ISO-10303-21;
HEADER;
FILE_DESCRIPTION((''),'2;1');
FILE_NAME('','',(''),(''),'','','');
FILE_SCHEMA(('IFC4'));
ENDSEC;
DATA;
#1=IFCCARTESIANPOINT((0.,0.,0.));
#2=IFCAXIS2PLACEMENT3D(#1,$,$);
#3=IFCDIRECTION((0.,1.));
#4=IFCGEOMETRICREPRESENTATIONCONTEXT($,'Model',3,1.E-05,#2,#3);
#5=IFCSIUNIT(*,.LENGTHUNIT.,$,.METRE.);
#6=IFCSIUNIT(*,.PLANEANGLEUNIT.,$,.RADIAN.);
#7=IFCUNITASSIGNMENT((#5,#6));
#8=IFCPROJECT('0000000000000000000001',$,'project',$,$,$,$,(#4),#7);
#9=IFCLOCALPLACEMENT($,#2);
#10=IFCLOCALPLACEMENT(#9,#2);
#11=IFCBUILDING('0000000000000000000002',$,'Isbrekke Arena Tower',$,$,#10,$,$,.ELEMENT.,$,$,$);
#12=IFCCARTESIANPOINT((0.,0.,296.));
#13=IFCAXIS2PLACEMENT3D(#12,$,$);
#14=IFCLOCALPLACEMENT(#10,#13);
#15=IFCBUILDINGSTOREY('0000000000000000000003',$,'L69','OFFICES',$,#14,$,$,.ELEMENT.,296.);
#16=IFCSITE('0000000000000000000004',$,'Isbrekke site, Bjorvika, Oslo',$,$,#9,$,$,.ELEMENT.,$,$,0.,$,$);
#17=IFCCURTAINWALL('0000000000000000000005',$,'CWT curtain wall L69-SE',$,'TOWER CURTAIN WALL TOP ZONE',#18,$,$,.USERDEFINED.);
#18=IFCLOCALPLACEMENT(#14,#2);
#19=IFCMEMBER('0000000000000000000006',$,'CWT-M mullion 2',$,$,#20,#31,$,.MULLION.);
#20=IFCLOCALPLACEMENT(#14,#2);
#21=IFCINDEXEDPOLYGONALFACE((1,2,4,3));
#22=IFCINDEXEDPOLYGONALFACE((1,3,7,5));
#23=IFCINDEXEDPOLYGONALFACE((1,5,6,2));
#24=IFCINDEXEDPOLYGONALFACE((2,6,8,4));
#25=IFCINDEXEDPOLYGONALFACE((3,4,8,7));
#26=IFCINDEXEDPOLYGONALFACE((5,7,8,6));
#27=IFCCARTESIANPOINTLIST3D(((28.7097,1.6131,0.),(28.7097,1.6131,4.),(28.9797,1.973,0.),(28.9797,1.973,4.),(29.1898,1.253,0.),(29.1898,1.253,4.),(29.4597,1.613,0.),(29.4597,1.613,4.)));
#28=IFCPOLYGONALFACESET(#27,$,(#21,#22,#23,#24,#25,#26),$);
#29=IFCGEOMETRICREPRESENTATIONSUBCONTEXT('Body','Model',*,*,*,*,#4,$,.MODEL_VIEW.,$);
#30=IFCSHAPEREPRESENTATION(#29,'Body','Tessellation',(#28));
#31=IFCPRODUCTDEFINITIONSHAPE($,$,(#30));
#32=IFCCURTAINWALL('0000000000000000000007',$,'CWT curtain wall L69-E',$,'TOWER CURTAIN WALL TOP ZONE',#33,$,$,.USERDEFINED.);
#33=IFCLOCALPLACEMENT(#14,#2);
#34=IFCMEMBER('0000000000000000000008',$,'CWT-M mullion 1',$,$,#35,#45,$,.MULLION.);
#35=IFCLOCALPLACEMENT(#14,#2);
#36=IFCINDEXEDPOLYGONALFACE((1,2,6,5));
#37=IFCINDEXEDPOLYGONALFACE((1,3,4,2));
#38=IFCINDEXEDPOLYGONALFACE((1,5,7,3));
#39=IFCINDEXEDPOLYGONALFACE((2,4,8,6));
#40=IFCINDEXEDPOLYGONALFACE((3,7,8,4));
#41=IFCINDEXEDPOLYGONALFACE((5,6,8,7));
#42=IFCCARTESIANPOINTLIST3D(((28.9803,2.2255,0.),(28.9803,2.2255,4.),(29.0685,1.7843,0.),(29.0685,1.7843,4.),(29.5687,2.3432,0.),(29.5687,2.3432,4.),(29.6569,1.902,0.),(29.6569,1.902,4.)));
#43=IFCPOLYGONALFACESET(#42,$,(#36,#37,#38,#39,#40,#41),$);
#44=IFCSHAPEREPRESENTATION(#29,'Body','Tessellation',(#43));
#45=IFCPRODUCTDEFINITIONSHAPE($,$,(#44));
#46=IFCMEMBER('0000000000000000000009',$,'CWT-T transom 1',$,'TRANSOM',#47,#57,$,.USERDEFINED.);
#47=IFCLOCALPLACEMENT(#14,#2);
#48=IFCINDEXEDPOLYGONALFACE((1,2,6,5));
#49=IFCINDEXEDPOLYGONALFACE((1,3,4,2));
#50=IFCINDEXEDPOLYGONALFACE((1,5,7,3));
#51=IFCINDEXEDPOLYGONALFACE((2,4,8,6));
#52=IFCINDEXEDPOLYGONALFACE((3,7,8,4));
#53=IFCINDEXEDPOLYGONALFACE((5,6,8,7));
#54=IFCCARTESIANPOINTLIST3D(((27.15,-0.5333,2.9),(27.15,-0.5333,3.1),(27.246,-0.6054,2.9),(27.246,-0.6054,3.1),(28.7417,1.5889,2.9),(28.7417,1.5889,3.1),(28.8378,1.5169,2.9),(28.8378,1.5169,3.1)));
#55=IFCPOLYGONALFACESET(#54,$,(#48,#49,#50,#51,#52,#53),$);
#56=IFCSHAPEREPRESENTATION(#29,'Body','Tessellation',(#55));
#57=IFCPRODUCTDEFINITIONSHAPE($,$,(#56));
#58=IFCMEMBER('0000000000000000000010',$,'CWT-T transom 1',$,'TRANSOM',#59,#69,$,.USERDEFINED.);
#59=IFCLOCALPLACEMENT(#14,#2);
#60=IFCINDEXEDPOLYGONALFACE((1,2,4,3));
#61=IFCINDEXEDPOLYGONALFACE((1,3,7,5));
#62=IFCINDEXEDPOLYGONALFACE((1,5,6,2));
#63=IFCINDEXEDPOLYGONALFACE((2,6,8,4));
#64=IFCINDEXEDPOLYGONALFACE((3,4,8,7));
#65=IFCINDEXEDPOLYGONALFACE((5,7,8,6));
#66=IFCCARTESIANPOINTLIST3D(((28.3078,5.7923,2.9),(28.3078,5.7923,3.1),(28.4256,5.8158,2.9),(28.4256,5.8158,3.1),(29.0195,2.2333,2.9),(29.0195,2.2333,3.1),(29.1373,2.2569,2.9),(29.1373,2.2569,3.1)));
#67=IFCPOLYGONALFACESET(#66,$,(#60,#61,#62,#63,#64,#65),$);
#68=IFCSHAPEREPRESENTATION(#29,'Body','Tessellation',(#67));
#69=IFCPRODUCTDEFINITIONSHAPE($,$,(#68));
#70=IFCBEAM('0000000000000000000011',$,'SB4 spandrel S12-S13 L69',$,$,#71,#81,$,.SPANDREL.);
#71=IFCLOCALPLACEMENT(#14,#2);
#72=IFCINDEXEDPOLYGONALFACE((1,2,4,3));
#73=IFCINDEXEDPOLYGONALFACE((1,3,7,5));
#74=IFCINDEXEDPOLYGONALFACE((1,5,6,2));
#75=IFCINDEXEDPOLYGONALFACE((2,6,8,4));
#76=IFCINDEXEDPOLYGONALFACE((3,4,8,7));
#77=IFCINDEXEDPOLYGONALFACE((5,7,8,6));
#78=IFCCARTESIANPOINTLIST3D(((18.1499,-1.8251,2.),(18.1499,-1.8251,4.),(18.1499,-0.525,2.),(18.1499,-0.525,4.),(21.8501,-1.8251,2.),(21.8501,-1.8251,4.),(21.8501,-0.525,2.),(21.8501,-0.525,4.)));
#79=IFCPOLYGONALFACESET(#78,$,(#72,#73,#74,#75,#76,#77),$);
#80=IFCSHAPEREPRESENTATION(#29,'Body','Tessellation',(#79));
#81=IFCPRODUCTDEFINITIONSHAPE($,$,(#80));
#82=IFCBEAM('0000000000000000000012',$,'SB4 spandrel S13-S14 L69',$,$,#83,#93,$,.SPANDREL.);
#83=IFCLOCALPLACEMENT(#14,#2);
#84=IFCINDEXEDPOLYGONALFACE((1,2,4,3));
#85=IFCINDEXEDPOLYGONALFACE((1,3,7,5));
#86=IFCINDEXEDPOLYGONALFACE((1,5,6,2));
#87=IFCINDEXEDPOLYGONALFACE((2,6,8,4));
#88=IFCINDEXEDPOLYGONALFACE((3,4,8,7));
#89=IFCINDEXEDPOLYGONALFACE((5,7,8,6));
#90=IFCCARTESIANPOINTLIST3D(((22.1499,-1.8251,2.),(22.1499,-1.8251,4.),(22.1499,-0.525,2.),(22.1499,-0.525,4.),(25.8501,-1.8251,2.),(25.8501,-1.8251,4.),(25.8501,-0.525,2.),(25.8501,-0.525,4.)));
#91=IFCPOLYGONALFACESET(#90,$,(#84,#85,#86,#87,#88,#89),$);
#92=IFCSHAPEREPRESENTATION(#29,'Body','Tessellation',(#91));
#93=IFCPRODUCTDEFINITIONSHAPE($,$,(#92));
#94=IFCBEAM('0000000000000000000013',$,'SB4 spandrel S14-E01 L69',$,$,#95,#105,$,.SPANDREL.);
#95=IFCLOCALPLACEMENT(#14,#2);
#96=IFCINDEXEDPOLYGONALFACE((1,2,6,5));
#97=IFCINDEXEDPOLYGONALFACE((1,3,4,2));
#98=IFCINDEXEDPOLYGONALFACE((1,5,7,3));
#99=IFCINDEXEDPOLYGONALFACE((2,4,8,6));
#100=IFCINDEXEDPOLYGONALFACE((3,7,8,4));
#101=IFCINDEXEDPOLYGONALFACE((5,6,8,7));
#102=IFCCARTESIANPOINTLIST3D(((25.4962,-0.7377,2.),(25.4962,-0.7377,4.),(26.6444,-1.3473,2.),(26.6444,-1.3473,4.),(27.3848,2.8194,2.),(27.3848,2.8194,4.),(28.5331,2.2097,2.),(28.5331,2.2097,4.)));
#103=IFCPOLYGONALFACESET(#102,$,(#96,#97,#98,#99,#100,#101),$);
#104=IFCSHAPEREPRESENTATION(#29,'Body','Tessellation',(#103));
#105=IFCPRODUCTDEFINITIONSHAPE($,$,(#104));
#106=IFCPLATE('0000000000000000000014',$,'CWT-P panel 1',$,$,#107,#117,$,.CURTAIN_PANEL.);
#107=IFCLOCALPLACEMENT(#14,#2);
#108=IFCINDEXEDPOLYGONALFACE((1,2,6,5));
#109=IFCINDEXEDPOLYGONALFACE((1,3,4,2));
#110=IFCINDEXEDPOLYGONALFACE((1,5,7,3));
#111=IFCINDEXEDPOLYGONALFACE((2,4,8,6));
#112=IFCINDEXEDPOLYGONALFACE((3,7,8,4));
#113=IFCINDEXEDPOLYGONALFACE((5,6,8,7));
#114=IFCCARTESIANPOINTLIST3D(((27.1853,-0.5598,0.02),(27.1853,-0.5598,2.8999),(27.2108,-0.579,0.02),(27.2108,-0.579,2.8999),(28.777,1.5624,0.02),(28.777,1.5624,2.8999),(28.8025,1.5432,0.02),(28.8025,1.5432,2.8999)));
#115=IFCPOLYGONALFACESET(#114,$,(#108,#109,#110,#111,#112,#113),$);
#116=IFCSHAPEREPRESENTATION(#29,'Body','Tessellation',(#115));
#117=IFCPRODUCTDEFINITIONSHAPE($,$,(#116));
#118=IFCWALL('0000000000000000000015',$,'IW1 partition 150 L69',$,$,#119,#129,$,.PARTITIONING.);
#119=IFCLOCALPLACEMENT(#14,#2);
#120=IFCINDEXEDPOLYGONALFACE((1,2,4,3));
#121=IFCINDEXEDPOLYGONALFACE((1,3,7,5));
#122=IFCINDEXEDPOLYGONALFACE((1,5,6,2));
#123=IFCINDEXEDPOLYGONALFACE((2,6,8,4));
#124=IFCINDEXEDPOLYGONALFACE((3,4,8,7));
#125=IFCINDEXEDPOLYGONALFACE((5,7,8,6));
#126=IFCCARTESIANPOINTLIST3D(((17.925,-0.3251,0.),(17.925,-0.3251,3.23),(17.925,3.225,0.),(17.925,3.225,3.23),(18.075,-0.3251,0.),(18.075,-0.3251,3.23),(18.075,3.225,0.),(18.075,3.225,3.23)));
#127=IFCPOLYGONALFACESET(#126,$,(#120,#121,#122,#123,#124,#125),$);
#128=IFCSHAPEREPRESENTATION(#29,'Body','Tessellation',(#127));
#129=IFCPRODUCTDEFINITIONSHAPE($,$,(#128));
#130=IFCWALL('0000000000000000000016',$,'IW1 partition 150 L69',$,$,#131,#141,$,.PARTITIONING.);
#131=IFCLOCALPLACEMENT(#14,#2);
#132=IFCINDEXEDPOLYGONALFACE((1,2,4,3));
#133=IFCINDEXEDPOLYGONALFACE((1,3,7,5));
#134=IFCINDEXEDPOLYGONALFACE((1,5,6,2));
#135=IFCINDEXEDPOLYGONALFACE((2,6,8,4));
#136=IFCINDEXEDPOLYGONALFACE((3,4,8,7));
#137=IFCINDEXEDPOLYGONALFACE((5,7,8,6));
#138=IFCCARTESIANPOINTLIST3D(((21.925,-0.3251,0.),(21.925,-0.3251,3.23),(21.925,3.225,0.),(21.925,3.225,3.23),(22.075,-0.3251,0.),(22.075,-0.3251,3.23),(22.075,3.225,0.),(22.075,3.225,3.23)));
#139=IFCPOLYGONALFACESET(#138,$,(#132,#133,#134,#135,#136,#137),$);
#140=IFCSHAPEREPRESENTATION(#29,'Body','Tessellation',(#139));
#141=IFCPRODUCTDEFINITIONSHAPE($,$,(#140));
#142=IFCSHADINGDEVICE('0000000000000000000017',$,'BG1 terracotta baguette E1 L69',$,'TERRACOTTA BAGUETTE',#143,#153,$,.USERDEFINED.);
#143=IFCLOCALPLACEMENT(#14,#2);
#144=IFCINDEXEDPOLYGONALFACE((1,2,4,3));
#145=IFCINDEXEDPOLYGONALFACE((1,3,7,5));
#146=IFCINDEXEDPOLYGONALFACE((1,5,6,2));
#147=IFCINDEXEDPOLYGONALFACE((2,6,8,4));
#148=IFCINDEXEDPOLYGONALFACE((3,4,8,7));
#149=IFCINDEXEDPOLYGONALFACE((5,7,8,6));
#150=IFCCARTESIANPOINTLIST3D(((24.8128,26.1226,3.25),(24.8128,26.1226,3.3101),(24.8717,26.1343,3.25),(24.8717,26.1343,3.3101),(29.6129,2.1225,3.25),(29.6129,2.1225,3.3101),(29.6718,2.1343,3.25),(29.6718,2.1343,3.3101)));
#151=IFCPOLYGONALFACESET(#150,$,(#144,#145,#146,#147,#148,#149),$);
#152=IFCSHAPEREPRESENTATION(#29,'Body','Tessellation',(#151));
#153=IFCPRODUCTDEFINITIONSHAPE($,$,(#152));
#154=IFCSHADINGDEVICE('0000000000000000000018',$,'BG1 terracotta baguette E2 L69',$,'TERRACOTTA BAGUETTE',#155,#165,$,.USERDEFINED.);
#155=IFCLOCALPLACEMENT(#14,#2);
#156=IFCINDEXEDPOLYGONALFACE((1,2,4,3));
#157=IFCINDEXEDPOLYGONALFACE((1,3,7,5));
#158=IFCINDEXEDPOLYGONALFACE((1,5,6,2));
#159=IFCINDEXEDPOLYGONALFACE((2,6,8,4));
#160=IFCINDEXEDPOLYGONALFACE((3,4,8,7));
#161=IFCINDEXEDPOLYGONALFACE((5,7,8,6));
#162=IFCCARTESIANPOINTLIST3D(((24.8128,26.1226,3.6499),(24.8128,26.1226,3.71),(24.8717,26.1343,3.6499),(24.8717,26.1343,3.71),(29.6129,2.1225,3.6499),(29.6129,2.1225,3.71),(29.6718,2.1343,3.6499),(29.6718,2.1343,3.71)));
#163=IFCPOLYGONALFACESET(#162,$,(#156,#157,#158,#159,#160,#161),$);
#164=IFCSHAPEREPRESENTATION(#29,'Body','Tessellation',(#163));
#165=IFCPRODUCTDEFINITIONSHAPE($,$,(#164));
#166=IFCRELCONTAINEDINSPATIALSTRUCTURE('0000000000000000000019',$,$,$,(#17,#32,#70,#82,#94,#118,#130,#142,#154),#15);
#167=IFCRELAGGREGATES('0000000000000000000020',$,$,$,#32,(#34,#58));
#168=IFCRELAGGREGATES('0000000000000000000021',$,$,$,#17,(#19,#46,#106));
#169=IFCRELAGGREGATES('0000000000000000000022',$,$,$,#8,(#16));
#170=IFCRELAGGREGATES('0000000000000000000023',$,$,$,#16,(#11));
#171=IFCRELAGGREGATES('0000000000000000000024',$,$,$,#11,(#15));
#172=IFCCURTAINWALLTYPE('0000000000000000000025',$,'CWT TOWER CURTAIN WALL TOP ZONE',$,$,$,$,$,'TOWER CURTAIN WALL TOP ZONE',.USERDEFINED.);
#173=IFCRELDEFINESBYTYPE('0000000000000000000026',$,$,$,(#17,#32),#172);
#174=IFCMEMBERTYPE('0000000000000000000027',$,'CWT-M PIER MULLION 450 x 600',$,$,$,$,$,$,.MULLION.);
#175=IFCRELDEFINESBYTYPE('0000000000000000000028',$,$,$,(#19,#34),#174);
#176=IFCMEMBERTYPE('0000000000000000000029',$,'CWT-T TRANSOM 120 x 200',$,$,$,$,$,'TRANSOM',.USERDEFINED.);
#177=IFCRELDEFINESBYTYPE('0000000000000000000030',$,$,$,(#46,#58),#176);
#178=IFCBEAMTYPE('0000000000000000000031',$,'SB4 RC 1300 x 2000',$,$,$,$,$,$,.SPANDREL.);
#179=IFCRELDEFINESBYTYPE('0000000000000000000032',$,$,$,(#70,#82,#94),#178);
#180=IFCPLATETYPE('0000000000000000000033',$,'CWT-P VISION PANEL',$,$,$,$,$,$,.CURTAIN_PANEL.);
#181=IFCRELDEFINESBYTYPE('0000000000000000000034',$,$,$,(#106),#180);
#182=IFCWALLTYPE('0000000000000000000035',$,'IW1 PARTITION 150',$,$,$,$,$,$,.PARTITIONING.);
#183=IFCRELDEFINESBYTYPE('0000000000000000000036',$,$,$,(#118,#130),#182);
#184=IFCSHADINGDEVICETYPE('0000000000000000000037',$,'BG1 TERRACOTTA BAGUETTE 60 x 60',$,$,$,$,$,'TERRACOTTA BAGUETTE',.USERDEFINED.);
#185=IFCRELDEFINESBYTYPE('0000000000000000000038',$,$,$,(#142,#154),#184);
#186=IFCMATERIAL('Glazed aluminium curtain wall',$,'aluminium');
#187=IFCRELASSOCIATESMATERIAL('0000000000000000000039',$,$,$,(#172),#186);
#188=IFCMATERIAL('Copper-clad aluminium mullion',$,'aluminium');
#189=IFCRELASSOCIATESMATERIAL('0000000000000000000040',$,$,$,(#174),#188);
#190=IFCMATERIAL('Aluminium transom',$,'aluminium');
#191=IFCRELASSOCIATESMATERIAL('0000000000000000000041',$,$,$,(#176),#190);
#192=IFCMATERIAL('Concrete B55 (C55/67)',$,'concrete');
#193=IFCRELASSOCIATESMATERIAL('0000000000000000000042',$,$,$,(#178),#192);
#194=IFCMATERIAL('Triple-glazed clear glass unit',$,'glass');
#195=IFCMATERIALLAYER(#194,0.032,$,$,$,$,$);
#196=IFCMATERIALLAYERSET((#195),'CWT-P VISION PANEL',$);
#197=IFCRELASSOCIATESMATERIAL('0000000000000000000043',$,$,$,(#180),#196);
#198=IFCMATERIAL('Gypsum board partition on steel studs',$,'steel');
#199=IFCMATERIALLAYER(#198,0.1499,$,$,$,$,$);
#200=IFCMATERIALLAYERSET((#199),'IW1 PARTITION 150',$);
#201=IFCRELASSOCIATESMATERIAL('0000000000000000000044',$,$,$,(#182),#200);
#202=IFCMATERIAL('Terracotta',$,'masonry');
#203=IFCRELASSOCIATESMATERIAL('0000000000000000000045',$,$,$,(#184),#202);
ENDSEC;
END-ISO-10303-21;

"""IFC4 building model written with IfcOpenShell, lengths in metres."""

from ifc_helpers import new_model, si_unit, direction, frame, frame_2d, origin, origin_2d, place, context, subcontext, project, spatial, rectangle, extrude, material, layer, layer_set, material_profile, profile_set, type_object, element, aggregate, save


model = new_model("IFC4")

# Units and contexts
model_context = context("Model", 3, precision=1e-05, world=origin(), true_north=direction((0.0, 1.0)))
body_context = subcontext(model_context, "Body", "Model", "MODEL_VIEW")
ifc_project = project(units=[si_unit("LENGTHUNIT", "METRE"), si_unit("PLANEANGLEUNIT", "RADIAN")], contexts=[model_context])

# Site, building, storey
site_placement = place(None, origin())
site = spatial("IfcSite", under=ifc_project, at=site_placement, Name="Isbrekke site, Bjorvika, Oslo", CompositionType="ELEMENT", RefElevation=0.0)
building_placement = place(site_placement, origin())
building = spatial("IfcBuilding", under=site, at=building_placement, Name="Isbrekke Arena Tower", CompositionType="ELEMENT")
storey_placement = place(building_placement, frame((0.0, 0.0, 296.0)))
storey = spatial("IfcBuildingStorey", under=building, at=storey_placement, Name="L69", Description="OFFICES", CompositionType="ELEMENT", Elevation=296.0)

# Curtain wall, member
ifc_material_1 = material(Name="Glazed aluminium curtain wall", Category="aluminium")
curtain_wall_type = type_object("IfcCurtainWallType", Name="CWT TOWER CURTAIN WALL TOP ZONE", ElementType="TOWER CURTAIN WALL TOP ZONE", PredefinedType="USERDEFINED", material=ifc_material_1)
curtain_wall_1_placement = place(storey_placement, origin())
curtain_wall_1 = element("IfcCurtainWall", 1, at=curtain_wall_1_placement, inside=storey, type_object=curtain_wall_type, Name="CWT curtain wall L69-SE", ObjectType="TOWER CURTAIN WALL TOP ZONE", PredefinedType="USERDEFINED")
ifc_material_2 = material(Name="Copper-clad aluminium mullion", Category="aluminium")
ifc_material_profile_1 = material_profile(ifc_material_2, rectangle(XDim=0.45, YDim=0.6001, at=origin_2d()), Name="PIER 450X600")
ifc_profile_set_1 = profile_set([ifc_material_profile_1], Name="Copper-clad aluminium mullion")
member_type_1 = type_object("IfcMemberType", Name="CWT-M PIER MULLION 450 x 600", PredefinedType="MULLION", material=ifc_profile_set_1)
member_1_placement = place(storey_placement, frame((29.0847, 1.613, 0.0), z_axis=(0.0, 0.0, 1.0), x_axis=(0.6, 0.8, 0.0)))
member_1 = element("IfcMember", 2, at=member_1_placement, type_object=member_type_1, Name="CWT-M mullion 2", PredefinedType="MULLION", context=body_context, shape_type="SweptSolid", body=[
    extrude(rectangle(XDim=0.45, YDim=0.6001, at=origin_2d()), origin(), (0.0, 0.0, 1.0), 4.0),
])

# Curtain wall, member
curtain_wall_2_placement = place(storey_placement, origin())
curtain_wall_2 = element("IfcCurtainWall", 3, at=curtain_wall_2_placement, inside=storey, type_object=curtain_wall_type, Name="CWT curtain wall L69-E", ObjectType="TOWER CURTAIN WALL TOP ZONE", PredefinedType="USERDEFINED")
member_2_placement = place(storey_placement, frame((29.3186, 2.0637, 0.0), z_axis=(0.0, 0.0, 1.0), x_axis=(-0.196116, 0.980581, 0.0)))
member_2 = element("IfcMember", 4, at=member_2_placement, type_object=member_type_1, Name="CWT-M mullion 1", PredefinedType="MULLION", context=body_context, shape_type="SweptSolid", body=[
    extrude(rectangle(XDim=0.45, YDim=0.6001, at=origin_2d()), origin(), (0.0, 0.0, 1.0), 4.0),
])

# Members
ifc_material_3 = material(Name="Aluminium transom", Category="aluminium")
ifc_material_profile_2 = material_profile(ifc_material_3, rectangle(XDim=0.1201, YDim=0.2, at=origin_2d()), Name="TRANSOM 120X200")
ifc_profile_set_2 = profile_set([ifc_material_profile_2], Name="Aluminium transom")
member_type_2 = type_object("IfcMemberType", Name="CWT-T TRANSOM 120 x 200", ElementType="TRANSOM", PredefinedType="USERDEFINED", material=ifc_profile_set_2)
member_3_placement = place(storey_placement, frame((27.198, -0.5693, 3.0), z_axis=(0.600015, 0.799989, 0.0), x_axis=(-0.799989, 0.600015, 0.0)))
member_3 = element("IfcMember", 5, at=member_3_placement, type_object=member_type_2, Name="CWT-T transom 1", ObjectType="TRANSOM", PredefinedType="USERDEFINED", context=body_context, shape_type="SweptSolid", body=[
    extrude(rectangle(XDim=0.1201, YDim=0.2, at=origin_2d()), origin(), (0.0, 0.0, 1.0), 2.6528),
])
member_4_placement = place(storey_placement, frame((29.0784, 2.2451, 3.0), z_axis=(-0.19609, 0.980586, 0.0), x_axis=(-0.980586, -0.19609, 0.0)))
member_4 = element("IfcMember", 6, at=member_4_placement, type_object=member_type_2, Name="CWT-T transom 1", ObjectType="TRANSOM", PredefinedType="USERDEFINED", context=body_context, shape_type="SweptSolid", body=[
    extrude(rectangle(XDim=0.1201, YDim=0.2, at=origin_2d()), origin(), (0.0, 0.0, 1.0), 3.6294),
])
aggregate(curtain_wall_2, [member_2, member_4])

# Beams
ifc_material_4 = material(Name="Concrete B55 (C55/67)", Category="concrete")
ifc_material_profile_3 = material_profile(ifc_material_4, rectangle(XDim=1.3, YDim=2.0, at=origin_2d()), Name="RC 1300x2000")
ifc_profile_set_3 = profile_set([ifc_material_profile_3], Name="Concrete B55 (C55/67)")
beam_type_1 = type_object("IfcBeamType", Name="SB4 RC 1300 x 2000", PredefinedType="SPANDREL", material=ifc_profile_set_3)
for number, where, z_axis, x_axis, name in (
    (7, (18.1499, -1.175, 3.0), (1.0, 0.0, 0.0), (0.0, 1.0, 0.0), "SB4 spandrel S12-S13 L69"),
    (8, (22.1499, -1.175, 3.0), (1.0, 0.0, 0.0), (0.0, 1.0, 0.0), "SB4 spandrel S13-S14 L69"),
):
    element("IfcBeam", number, at=place(storey_placement, frame(where, z_axis=z_axis, x_axis=x_axis)), inside=storey, type_object=beam_type_1, Name=name, PredefinedType="SPANDREL", context=body_context, shape_type="SweptSolid", body=[
        extrude(rectangle(XDim=1.3, YDim=2.0, at=origin_2d()), origin(), (0.0, 0.0, 1.0), 3.7002),
    ])
beam_1_placement = place(storey_placement, frame((26.0703, -1.0425, 3.0), z_axis=(0.468951, 0.883224, 0.0), x_axis=(-0.883224, 0.468951, 0.0)))
element("IfcBeam", 9, at=beam_1_placement, inside=storey, type_object=beam_type_1, Name="SB4 spandrel S14-E01 L69", PredefinedType="SPANDREL", context=body_context, shape_type="SweptSolid", body=[
    extrude(rectangle(XDim=1.3, YDim=2.0, at=origin_2d()), origin(), (0.0, 0.0, 1.0), 4.0273),
])

# Plate
ifc_material_5 = material(Name="Triple-glazed clear glass unit", Category="glass")
ifc_layer_1 = layer(ifc_material_5, 0.032)
ifc_layer_set_1 = layer_set([ifc_layer_1], Name="CWT-P VISION PANEL")
plate_type = type_object("IfcPlateType", Name="CWT-P VISION PANEL", PredefinedType="CURTAIN_PANEL", material=ifc_layer_set_1)
plate_placement = place(storey_placement, frame((27.9939, 0.4917, 0.02), z_axis=(0.0, 0.0, 1.0), x_axis=(0.6, 0.8, 0.0)))
plate = element("IfcPlate", 10, at=plate_placement, type_object=plate_type, Name="CWT-P panel 1", PredefinedType="CURTAIN_PANEL", context=body_context, shape_type="SweptSolid", body=[
    extrude(rectangle(XDim=2.6528, YDim=0.032, at=origin_2d()), origin(), (0.0, 0.0, 1.0), 2.8799),
])
aggregate(curtain_wall_1, [member_1, member_3, plate])

# Walls
ifc_material_6 = material(Name="Gypsum board partition on steel studs", Category="steel")
ifc_layer_2 = layer(ifc_material_6, 0.1499)
ifc_layer_set_2 = layer_set([ifc_layer_2], Name="IW1 PARTITION 150")
wall_type = type_object("IfcWallType", Name="IW1 PARTITION 150", PredefinedType="PARTITIONING", material=ifc_layer_set_2)
for number, where, z_axis, x_axis, name in (
    (11, (18.0, -0.325, 0.0), (0.0, 0.0, 1.0), (0.0, 1.0, 0.0), "IW1 partition 150 L69"),
    (12, (22.0, -0.325, 0.0), (0.0, 0.0, 1.0), (0.0, 1.0, 0.0), "IW1 partition 150 L69"),
):
    element("IfcWall", number, at=place(storey_placement, frame(where, z_axis=z_axis, x_axis=x_axis)), inside=storey, type_object=wall_type, Name=name, PredefinedType="PARTITIONING", context=body_context, shape_type="SweptSolid", body=[
        extrude(rectangle(XDim=3.55, YDim=0.1499, at=frame_2d((1.7749, 0.0))), origin(), (0.0, 0.0, 1.0), 3.23),
    ])

# Shading devices
ifc_material_7 = material(Name="Terracotta", Category="masonry")
ifc_material_profile_4 = material_profile(ifc_material_7, rectangle(XDim=0.0601, YDim=0.0601, at=origin_2d()), Name="BAGUETTE 60X60")
ifc_profile_set_4 = profile_set([ifc_material_profile_4], Name="Terracotta")
shading_device_type = type_object("IfcShadingDeviceType", Name="BG1 TERRACOTTA BAGUETTE 60 x 60", ElementType="TERRACOTTA BAGUETTE", PredefinedType="USERDEFINED", material=ifc_profile_set_4)
for number, where, z_axis, x_axis, name in (
    (13, (29.6423, 2.1284, 3.28), (-0.196118, 0.98058, 0.0), (-0.98058, -0.196118, 0.0), "BG1 terracotta baguette E1 L69"),
    (14, (29.6423, 2.1284, 3.6799), (-0.196118, 0.98058, 0.0), (-0.98058, -0.196118, 0.0), "BG1 terracotta baguette E2 L69"),
):
    element("IfcShadingDevice", number, at=place(storey_placement, frame(where, z_axis=z_axis, x_axis=x_axis)), inside=storey, type_object=shading_device_type, Name=name, ObjectType="TERRACOTTA BAGUETTE", PredefinedType="USERDEFINED", context=body_context, shape_type="SweptSolid", body=[
        extrude(rectangle(XDim=0.0601, YDim=0.0601, at=origin_2d()), origin(), (0.0, 0.0, 1.0), 24.4753),
    ])

save(model, "model.ifc")
